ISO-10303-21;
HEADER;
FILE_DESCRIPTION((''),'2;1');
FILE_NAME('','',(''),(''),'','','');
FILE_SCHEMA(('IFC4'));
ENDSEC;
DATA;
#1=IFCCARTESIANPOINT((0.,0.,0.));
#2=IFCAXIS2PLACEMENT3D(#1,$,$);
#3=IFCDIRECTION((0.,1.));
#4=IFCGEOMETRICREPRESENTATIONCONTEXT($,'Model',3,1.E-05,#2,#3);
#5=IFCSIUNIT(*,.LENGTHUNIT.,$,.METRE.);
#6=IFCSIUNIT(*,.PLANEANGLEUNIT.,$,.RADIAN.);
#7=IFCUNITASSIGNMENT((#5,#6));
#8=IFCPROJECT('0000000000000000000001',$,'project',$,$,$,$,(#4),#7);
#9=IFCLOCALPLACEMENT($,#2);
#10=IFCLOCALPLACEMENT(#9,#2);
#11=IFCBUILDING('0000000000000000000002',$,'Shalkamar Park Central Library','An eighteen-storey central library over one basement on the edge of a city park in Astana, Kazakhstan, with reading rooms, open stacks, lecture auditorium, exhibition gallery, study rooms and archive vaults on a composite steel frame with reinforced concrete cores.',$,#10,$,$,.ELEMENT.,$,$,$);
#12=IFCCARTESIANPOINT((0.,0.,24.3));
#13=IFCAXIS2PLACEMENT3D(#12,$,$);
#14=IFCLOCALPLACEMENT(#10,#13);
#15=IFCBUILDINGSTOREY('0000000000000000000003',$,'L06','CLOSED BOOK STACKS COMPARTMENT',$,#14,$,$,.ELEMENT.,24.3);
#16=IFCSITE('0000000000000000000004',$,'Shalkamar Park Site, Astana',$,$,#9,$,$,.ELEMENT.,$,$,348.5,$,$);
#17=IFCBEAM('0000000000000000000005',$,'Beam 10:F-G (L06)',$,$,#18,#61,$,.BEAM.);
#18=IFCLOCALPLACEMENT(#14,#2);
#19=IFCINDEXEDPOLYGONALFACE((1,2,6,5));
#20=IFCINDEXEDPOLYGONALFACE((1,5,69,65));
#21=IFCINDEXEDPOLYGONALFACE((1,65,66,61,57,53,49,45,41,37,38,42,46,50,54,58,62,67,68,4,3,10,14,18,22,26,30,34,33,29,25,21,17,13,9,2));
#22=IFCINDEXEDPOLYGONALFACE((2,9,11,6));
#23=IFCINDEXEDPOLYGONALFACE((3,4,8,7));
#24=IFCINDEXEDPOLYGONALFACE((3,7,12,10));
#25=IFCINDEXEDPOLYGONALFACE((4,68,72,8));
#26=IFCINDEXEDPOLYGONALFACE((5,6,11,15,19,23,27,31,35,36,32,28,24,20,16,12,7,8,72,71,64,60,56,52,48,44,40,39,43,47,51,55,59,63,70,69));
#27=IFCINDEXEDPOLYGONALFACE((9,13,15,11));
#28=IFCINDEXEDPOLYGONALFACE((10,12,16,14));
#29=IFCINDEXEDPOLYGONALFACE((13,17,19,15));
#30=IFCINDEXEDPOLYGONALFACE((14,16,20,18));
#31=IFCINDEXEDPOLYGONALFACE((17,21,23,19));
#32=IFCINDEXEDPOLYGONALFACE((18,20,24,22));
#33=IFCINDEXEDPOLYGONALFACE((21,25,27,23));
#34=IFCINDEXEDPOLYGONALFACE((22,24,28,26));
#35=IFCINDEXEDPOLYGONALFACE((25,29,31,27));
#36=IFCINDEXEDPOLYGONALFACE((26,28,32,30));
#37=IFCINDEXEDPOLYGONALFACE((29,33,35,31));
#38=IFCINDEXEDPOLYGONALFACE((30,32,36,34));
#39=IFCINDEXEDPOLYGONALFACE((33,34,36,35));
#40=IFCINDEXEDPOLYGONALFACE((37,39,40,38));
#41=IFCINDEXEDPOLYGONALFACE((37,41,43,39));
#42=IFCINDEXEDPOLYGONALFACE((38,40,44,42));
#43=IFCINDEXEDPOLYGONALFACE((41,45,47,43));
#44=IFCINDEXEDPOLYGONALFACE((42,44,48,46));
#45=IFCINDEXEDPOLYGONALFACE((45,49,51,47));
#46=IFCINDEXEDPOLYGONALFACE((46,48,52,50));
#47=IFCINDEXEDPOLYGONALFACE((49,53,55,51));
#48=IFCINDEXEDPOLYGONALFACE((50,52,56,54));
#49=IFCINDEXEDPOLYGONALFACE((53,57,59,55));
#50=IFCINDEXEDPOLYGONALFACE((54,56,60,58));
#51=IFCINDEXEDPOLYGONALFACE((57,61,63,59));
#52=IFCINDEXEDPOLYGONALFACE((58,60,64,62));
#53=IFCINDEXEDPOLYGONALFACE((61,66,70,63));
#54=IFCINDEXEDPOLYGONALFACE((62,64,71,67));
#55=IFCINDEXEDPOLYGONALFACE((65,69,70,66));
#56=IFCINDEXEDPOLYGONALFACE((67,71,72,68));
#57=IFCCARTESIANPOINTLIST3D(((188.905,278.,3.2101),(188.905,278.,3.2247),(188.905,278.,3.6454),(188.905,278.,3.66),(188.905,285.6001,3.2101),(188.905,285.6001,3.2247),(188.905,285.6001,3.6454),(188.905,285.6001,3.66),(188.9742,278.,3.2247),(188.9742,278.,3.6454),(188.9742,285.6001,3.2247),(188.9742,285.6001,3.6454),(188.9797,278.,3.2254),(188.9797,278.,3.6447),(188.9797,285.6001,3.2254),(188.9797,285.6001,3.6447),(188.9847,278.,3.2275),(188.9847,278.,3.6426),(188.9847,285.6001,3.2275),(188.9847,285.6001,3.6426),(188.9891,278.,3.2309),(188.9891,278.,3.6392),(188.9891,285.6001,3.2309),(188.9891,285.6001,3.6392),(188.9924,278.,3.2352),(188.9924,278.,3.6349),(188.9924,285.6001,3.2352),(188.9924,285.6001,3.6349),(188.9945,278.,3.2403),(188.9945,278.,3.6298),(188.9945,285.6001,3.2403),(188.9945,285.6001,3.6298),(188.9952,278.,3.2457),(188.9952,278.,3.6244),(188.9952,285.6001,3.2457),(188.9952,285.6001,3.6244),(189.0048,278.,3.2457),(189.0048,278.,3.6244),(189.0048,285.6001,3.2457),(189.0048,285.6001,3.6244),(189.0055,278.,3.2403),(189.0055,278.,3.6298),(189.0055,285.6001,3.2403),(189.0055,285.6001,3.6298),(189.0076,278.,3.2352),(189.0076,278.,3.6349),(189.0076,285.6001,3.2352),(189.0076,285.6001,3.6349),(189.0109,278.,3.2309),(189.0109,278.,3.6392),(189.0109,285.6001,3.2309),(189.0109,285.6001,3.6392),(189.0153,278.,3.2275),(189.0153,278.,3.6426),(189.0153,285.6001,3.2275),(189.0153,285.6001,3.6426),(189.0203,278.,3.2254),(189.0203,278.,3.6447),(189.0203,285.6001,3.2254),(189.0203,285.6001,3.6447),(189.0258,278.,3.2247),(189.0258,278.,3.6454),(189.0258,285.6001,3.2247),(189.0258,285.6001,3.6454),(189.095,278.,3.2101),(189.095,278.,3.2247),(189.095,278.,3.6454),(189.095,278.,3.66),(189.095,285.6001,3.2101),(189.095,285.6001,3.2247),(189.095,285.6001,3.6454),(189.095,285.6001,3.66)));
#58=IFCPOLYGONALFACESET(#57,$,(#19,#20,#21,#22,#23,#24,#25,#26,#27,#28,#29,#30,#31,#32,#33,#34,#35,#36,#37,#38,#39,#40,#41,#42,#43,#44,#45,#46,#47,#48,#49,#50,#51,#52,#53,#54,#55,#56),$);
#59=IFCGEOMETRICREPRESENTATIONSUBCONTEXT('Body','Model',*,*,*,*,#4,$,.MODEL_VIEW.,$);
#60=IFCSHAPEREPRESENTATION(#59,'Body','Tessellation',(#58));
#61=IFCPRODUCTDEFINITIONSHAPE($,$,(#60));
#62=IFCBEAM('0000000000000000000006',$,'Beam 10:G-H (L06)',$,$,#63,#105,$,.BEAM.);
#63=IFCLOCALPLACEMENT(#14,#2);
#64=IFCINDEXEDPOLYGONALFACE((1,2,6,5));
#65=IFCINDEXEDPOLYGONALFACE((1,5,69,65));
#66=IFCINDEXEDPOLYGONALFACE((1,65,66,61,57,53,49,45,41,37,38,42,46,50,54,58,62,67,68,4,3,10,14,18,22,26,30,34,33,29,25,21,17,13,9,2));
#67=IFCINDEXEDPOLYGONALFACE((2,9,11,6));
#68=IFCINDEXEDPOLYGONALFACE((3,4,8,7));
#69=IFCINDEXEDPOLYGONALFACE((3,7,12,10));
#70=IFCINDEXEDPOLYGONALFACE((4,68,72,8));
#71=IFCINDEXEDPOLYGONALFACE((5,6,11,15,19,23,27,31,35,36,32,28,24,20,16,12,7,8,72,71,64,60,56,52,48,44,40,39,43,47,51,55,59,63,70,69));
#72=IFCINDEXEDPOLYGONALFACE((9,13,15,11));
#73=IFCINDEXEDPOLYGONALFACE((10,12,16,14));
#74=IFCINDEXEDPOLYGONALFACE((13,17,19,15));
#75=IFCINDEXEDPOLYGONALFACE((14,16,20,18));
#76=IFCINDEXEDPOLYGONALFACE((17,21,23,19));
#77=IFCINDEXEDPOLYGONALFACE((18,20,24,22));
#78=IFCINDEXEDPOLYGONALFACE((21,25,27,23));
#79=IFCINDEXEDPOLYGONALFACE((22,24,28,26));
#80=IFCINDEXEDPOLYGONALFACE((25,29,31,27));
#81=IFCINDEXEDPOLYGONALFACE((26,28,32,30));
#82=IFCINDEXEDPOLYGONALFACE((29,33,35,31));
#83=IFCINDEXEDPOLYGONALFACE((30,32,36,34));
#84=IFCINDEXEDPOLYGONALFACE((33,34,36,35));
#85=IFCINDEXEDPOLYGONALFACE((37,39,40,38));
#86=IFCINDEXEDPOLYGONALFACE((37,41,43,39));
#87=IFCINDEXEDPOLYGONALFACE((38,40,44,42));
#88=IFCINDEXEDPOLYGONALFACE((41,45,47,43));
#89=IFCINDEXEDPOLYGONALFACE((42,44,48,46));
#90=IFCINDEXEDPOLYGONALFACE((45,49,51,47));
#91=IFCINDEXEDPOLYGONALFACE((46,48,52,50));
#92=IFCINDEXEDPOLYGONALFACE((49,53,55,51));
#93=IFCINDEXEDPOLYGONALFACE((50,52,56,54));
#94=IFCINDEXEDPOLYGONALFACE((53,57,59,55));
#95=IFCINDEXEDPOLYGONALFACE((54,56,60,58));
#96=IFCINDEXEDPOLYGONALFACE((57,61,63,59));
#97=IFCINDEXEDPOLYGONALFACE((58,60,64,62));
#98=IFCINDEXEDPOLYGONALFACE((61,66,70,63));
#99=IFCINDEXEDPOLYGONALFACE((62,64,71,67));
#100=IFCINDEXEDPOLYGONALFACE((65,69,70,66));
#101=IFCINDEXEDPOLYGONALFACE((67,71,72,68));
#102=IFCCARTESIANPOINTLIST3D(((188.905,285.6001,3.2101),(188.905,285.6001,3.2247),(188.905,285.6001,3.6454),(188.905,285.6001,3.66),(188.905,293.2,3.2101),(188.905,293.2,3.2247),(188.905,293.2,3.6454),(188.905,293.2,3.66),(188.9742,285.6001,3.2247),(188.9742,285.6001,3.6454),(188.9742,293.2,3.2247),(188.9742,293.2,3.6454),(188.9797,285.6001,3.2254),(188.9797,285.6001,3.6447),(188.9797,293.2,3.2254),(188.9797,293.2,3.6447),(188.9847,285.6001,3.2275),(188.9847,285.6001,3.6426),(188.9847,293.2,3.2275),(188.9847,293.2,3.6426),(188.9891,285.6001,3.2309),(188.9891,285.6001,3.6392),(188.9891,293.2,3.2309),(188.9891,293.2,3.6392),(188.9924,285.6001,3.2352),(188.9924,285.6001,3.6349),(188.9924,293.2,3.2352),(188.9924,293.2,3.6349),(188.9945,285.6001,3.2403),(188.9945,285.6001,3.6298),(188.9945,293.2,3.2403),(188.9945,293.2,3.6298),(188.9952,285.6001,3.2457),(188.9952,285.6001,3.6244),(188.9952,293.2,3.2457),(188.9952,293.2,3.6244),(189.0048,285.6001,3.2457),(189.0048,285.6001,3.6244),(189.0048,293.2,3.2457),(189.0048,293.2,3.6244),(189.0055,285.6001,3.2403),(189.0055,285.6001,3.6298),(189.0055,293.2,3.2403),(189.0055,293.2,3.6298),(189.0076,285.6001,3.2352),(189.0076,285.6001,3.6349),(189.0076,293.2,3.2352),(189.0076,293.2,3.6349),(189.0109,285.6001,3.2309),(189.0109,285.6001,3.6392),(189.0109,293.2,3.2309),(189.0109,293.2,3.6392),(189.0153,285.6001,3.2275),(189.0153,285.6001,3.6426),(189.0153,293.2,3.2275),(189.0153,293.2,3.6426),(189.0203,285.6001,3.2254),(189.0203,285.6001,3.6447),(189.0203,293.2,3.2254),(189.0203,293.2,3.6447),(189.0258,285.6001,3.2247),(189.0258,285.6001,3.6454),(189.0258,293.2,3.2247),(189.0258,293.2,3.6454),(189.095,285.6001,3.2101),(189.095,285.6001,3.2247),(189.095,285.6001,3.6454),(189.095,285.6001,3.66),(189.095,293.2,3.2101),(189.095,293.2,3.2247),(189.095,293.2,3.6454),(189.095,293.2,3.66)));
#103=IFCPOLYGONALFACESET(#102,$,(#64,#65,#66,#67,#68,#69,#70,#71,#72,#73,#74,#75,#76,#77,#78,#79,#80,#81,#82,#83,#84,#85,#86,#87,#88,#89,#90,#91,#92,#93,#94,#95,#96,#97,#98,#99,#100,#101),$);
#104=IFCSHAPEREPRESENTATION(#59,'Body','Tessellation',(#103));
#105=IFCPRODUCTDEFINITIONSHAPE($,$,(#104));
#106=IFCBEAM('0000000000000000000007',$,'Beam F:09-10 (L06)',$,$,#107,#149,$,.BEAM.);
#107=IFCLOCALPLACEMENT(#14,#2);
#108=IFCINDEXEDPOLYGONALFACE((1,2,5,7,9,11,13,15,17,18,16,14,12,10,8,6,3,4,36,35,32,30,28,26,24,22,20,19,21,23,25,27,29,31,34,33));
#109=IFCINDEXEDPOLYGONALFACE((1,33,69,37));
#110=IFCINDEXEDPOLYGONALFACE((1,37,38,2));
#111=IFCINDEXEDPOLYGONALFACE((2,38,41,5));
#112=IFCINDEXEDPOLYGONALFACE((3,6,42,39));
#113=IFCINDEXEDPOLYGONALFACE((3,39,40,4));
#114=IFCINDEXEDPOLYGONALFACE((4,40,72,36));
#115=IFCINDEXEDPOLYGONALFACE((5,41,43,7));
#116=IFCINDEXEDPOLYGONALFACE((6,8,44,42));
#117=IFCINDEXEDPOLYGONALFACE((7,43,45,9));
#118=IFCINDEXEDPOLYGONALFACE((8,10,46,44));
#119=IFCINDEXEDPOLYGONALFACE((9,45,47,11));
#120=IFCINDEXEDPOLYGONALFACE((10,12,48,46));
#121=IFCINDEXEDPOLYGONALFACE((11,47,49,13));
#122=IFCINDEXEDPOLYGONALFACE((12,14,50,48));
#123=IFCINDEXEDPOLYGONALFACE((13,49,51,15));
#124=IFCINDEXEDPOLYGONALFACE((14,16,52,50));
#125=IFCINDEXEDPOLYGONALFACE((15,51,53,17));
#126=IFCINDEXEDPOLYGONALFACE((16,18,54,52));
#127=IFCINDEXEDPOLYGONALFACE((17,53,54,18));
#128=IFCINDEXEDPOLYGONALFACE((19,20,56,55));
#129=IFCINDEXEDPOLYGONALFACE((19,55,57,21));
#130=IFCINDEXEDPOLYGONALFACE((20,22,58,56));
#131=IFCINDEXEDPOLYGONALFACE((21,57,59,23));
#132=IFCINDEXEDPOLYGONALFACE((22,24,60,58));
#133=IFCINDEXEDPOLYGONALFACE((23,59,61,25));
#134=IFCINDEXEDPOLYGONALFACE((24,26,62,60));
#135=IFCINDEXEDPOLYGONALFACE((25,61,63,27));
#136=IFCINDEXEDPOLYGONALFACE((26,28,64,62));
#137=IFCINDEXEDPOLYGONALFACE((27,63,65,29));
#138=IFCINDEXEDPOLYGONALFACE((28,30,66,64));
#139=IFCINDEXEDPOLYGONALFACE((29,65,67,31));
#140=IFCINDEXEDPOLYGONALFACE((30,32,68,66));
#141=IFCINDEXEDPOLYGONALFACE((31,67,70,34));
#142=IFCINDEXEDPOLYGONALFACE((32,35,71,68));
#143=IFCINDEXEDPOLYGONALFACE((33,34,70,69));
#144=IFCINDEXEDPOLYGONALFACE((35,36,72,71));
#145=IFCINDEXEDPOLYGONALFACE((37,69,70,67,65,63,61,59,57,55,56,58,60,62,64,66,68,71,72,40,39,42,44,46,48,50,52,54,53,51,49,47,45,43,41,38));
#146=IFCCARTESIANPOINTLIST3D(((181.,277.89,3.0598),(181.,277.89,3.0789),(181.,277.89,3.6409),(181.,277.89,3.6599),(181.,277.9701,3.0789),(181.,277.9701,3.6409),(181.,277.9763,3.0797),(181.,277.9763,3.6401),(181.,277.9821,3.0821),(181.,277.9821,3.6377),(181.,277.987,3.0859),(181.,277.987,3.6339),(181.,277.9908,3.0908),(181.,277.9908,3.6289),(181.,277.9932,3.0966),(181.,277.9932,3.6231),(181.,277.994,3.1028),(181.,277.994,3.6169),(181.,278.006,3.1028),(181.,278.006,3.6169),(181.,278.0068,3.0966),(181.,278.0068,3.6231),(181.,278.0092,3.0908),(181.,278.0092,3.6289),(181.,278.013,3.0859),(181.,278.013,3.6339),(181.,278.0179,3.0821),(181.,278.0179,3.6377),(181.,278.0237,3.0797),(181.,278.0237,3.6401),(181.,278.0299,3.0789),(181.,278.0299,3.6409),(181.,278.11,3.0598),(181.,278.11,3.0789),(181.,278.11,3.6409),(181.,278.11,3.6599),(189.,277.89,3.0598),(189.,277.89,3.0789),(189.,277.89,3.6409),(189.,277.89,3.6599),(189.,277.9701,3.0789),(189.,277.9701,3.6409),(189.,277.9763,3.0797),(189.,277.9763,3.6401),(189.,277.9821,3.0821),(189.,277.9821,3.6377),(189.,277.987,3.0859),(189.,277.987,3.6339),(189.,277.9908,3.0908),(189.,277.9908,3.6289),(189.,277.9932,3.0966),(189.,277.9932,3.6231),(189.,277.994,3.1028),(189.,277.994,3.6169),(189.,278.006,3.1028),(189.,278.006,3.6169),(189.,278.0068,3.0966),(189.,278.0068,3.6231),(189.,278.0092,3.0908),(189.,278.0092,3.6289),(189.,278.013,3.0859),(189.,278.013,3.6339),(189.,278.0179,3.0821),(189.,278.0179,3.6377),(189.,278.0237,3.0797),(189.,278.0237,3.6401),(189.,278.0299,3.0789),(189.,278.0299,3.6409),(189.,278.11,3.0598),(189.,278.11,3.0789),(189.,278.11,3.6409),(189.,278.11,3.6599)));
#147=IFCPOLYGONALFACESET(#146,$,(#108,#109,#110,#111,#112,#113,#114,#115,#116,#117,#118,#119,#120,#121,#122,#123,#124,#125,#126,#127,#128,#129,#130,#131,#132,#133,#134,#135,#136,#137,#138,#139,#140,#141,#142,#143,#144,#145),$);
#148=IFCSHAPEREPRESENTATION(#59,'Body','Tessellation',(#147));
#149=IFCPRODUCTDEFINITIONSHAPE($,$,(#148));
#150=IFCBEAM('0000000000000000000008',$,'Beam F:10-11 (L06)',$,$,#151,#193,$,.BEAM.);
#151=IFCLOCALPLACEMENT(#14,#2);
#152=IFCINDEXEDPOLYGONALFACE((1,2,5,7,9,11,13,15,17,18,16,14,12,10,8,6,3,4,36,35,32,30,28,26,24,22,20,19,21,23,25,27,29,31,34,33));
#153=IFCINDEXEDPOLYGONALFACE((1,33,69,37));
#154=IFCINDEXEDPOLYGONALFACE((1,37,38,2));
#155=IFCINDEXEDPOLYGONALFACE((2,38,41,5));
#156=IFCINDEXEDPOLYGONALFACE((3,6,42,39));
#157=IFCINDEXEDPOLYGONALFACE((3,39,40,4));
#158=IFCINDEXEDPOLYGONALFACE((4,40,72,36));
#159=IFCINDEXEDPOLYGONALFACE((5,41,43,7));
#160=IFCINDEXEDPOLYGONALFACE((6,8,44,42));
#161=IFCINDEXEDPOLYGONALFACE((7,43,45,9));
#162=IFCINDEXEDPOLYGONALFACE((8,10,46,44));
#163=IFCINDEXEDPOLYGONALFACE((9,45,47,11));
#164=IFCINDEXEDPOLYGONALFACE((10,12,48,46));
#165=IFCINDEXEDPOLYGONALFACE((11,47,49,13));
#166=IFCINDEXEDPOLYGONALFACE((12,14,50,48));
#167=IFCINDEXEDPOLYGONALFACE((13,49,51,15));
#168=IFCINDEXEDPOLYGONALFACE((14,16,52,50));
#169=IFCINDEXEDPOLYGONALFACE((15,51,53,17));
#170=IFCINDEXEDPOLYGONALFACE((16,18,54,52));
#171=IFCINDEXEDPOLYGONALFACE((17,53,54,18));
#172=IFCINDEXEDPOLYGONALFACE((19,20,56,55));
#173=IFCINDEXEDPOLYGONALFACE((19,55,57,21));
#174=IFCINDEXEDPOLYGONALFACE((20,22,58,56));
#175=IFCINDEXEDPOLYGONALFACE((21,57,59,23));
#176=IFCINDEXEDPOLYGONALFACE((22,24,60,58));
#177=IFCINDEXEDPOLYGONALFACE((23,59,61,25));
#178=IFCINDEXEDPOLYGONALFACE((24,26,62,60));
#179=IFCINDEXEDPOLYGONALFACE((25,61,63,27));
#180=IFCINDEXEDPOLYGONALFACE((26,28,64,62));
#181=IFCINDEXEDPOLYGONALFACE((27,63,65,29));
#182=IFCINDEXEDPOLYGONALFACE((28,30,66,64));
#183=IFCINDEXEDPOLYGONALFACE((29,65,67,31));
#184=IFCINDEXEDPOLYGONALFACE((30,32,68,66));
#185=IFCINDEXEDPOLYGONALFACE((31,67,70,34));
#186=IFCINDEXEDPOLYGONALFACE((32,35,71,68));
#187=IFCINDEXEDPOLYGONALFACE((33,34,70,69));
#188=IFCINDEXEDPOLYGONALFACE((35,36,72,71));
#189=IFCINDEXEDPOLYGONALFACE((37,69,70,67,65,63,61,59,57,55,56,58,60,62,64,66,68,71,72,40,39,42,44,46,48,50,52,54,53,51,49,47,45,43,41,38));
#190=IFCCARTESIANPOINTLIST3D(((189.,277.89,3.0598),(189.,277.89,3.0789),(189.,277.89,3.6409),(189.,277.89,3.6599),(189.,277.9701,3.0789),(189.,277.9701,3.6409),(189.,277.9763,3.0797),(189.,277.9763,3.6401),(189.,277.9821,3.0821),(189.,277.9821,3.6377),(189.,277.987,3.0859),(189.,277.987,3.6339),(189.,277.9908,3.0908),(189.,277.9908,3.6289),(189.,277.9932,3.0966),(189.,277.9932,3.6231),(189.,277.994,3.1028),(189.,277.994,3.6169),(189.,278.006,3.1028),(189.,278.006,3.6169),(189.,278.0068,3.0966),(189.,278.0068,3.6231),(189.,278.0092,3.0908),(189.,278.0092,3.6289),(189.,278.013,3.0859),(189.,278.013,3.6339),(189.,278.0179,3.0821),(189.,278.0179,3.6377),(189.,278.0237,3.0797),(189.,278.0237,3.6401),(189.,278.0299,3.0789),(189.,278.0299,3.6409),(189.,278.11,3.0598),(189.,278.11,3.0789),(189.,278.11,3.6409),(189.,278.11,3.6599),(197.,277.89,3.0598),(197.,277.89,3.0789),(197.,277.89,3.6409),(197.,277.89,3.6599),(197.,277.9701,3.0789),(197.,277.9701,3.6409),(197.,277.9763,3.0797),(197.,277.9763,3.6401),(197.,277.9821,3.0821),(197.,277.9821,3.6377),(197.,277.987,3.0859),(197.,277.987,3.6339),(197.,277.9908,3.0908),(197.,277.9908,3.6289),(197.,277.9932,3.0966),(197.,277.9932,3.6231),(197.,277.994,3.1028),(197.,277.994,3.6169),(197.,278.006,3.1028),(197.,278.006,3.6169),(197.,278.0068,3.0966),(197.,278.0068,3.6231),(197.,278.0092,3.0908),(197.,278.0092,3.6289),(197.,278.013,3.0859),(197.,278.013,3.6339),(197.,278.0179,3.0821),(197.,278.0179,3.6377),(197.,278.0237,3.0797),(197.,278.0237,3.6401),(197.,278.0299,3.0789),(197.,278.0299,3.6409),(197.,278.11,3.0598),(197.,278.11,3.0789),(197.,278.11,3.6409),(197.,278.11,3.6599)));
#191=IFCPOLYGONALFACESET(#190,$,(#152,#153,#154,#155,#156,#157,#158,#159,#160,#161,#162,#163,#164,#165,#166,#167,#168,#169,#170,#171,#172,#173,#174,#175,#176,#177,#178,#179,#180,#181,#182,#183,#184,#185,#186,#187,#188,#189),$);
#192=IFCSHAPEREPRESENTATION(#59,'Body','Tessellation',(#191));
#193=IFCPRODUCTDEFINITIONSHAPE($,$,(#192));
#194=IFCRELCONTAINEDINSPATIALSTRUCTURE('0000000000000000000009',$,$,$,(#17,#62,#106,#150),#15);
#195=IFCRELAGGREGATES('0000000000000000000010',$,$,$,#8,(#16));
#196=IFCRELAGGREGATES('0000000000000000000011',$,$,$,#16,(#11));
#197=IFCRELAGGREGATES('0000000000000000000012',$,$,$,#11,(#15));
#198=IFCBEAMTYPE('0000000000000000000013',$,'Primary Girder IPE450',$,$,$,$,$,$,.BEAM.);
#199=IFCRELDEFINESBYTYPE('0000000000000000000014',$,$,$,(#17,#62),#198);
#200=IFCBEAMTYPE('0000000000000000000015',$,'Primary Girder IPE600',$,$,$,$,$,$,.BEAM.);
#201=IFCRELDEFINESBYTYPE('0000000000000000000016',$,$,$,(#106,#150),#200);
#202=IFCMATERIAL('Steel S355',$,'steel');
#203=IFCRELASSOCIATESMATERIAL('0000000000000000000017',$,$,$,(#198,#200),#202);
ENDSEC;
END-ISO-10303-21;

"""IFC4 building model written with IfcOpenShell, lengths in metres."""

from ifc_helpers import new_model, si_unit, direction, frame, origin, origin_2d, place, context, subcontext, project, spatial, i_section, extrude, material, material_profile, profile_set, type_object, element, save


model = new_model("IFC4")

# Units and contexts
model_context = context("Model", 3, precision=1e-05, world=origin(), true_north=direction((0.0, 1.0)))
body_context = subcontext(model_context, "Body", "Model", "MODEL_VIEW")
ifc_project = project(units=[si_unit("LENGTHUNIT", "METRE"), si_unit("PLANEANGLEUNIT", "RADIAN")], contexts=[model_context])

# Site, building, storey
site_placement = place(None, origin())
site = spatial("IfcSite", under=ifc_project, at=site_placement, Name="Shalkamar Park Site, Astana", CompositionType="ELEMENT", RefElevation=348.5)
building_placement = place(site_placement, origin())
building = spatial("IfcBuilding", under=site, at=building_placement, Name="Shalkamar Park Central Library", Description="An eighteen-storey central library over one basement on the edge of a city park in Astana, Kazakhstan, with reading rooms, open stacks, lecture auditorium, exhibition gallery, study rooms and archive vaults on a composite steel frame with reinforced concrete cores.", CompositionType="ELEMENT")
storey_placement = place(building_placement, frame((0.0, 0.0, 24.3)))
storey = spatial("IfcBuildingStorey", under=building, at=storey_placement, Name="L06", Description="CLOSED BOOK STACKS COMPARTMENT", CompositionType="ELEMENT", Elevation=24.3)

# Shared definitions
ifc_material_1 = material(Name="Steel S355", Category="steel")

# Beams
ifc_material_profile_1 = material_profile(ifc_material_1, i_section(OverallWidth=0.1899, OverallDepth=0.45, WebThickness=0.0095, FlangeThickness=0.0146, FilletRadius=0.021, at=origin_2d()), Name="IPE 450")
ifc_profile_set_1 = profile_set([ifc_material_profile_1], Name="Steel S355")
beam_type_1 = type_object("IfcBeamType", Name="Primary Girder IPE450", PredefinedType="BEAM", material=ifc_profile_set_1)
beam_1_placement = place(storey_placement, frame((189.0, 278.0, 3.4351), z_axis=(0.0, 1.0, 0.0), x_axis=(-1.0, 0.0, 0.0)))
element("IfcBeam", 1, at=beam_1_placement, inside=storey, type_object=beam_type_1, Name="Beam 10:F-G (L06)", PredefinedType="BEAM", context=body_context, shape_type="SweptSolid", body=[
    extrude(i_section(OverallWidth=0.1899, OverallDepth=0.45, WebThickness=0.0095, FlangeThickness=0.0146, FilletRadius=0.021, at=origin_2d()), origin(), (0.0, 0.0, 1.0), 7.6001),
])
beam_2_placement = place(storey_placement, frame((189.0, 285.6001, 3.4351), z_axis=(0.0, 1.0, 0.0), x_axis=(-1.0, 0.0, 0.0)))
element("IfcBeam", 2, at=beam_2_placement, inside=storey, type_object=beam_type_1, Name="Beam 10:G-H (L06)", PredefinedType="BEAM", context=body_context, shape_type="SweptSolid", body=[
    extrude(i_section(OverallWidth=0.1899, OverallDepth=0.45, WebThickness=0.0095, FlangeThickness=0.0146, FilletRadius=0.021, at=origin_2d()), origin(), (0.0, 0.0, 1.0), 7.5999),
])
ifc_material_profile_2 = material_profile(ifc_material_1, i_section(OverallWidth=0.22, OverallDepth=0.6001, WebThickness=0.012, FlangeThickness=0.019, FilletRadius=0.0239, at=origin_2d()), Name="IPE 600")
ifc_profile_set_2 = profile_set([ifc_material_profile_2], Name="Steel S355")
beam_type_2 = type_object("IfcBeamType", Name="Primary Girder IPE600", PredefinedType="BEAM", material=ifc_profile_set_2)
for number, where, z_axis, x_axis, name in (
    (3, (181.0, 278.0, 3.3599), (1.0, 0.0, 0.0), (0.0, 1.0, 0.0), "Beam F:09-10 (L06)"),
    (4, (189.0, 278.0, 3.3599), (1.0, 0.0, 0.0), (0.0, 1.0, 0.0), "Beam F:10-11 (L06)"),
):
    element("IfcBeam", number, at=place(storey_placement, frame(where, z_axis=z_axis, x_axis=x_axis)), inside=storey, type_object=beam_type_2, Name=name, PredefinedType="BEAM", context=body_context, shape_type="SweptSolid", body=[
        extrude(i_section(OverallWidth=0.22, OverallDepth=0.6001, WebThickness=0.012, FlangeThickness=0.019, FilletRadius=0.0239, at=origin_2d()), origin(), (0.0, 0.0, 1.0), 8.0),
    ])

save(model, "model.ifc")
